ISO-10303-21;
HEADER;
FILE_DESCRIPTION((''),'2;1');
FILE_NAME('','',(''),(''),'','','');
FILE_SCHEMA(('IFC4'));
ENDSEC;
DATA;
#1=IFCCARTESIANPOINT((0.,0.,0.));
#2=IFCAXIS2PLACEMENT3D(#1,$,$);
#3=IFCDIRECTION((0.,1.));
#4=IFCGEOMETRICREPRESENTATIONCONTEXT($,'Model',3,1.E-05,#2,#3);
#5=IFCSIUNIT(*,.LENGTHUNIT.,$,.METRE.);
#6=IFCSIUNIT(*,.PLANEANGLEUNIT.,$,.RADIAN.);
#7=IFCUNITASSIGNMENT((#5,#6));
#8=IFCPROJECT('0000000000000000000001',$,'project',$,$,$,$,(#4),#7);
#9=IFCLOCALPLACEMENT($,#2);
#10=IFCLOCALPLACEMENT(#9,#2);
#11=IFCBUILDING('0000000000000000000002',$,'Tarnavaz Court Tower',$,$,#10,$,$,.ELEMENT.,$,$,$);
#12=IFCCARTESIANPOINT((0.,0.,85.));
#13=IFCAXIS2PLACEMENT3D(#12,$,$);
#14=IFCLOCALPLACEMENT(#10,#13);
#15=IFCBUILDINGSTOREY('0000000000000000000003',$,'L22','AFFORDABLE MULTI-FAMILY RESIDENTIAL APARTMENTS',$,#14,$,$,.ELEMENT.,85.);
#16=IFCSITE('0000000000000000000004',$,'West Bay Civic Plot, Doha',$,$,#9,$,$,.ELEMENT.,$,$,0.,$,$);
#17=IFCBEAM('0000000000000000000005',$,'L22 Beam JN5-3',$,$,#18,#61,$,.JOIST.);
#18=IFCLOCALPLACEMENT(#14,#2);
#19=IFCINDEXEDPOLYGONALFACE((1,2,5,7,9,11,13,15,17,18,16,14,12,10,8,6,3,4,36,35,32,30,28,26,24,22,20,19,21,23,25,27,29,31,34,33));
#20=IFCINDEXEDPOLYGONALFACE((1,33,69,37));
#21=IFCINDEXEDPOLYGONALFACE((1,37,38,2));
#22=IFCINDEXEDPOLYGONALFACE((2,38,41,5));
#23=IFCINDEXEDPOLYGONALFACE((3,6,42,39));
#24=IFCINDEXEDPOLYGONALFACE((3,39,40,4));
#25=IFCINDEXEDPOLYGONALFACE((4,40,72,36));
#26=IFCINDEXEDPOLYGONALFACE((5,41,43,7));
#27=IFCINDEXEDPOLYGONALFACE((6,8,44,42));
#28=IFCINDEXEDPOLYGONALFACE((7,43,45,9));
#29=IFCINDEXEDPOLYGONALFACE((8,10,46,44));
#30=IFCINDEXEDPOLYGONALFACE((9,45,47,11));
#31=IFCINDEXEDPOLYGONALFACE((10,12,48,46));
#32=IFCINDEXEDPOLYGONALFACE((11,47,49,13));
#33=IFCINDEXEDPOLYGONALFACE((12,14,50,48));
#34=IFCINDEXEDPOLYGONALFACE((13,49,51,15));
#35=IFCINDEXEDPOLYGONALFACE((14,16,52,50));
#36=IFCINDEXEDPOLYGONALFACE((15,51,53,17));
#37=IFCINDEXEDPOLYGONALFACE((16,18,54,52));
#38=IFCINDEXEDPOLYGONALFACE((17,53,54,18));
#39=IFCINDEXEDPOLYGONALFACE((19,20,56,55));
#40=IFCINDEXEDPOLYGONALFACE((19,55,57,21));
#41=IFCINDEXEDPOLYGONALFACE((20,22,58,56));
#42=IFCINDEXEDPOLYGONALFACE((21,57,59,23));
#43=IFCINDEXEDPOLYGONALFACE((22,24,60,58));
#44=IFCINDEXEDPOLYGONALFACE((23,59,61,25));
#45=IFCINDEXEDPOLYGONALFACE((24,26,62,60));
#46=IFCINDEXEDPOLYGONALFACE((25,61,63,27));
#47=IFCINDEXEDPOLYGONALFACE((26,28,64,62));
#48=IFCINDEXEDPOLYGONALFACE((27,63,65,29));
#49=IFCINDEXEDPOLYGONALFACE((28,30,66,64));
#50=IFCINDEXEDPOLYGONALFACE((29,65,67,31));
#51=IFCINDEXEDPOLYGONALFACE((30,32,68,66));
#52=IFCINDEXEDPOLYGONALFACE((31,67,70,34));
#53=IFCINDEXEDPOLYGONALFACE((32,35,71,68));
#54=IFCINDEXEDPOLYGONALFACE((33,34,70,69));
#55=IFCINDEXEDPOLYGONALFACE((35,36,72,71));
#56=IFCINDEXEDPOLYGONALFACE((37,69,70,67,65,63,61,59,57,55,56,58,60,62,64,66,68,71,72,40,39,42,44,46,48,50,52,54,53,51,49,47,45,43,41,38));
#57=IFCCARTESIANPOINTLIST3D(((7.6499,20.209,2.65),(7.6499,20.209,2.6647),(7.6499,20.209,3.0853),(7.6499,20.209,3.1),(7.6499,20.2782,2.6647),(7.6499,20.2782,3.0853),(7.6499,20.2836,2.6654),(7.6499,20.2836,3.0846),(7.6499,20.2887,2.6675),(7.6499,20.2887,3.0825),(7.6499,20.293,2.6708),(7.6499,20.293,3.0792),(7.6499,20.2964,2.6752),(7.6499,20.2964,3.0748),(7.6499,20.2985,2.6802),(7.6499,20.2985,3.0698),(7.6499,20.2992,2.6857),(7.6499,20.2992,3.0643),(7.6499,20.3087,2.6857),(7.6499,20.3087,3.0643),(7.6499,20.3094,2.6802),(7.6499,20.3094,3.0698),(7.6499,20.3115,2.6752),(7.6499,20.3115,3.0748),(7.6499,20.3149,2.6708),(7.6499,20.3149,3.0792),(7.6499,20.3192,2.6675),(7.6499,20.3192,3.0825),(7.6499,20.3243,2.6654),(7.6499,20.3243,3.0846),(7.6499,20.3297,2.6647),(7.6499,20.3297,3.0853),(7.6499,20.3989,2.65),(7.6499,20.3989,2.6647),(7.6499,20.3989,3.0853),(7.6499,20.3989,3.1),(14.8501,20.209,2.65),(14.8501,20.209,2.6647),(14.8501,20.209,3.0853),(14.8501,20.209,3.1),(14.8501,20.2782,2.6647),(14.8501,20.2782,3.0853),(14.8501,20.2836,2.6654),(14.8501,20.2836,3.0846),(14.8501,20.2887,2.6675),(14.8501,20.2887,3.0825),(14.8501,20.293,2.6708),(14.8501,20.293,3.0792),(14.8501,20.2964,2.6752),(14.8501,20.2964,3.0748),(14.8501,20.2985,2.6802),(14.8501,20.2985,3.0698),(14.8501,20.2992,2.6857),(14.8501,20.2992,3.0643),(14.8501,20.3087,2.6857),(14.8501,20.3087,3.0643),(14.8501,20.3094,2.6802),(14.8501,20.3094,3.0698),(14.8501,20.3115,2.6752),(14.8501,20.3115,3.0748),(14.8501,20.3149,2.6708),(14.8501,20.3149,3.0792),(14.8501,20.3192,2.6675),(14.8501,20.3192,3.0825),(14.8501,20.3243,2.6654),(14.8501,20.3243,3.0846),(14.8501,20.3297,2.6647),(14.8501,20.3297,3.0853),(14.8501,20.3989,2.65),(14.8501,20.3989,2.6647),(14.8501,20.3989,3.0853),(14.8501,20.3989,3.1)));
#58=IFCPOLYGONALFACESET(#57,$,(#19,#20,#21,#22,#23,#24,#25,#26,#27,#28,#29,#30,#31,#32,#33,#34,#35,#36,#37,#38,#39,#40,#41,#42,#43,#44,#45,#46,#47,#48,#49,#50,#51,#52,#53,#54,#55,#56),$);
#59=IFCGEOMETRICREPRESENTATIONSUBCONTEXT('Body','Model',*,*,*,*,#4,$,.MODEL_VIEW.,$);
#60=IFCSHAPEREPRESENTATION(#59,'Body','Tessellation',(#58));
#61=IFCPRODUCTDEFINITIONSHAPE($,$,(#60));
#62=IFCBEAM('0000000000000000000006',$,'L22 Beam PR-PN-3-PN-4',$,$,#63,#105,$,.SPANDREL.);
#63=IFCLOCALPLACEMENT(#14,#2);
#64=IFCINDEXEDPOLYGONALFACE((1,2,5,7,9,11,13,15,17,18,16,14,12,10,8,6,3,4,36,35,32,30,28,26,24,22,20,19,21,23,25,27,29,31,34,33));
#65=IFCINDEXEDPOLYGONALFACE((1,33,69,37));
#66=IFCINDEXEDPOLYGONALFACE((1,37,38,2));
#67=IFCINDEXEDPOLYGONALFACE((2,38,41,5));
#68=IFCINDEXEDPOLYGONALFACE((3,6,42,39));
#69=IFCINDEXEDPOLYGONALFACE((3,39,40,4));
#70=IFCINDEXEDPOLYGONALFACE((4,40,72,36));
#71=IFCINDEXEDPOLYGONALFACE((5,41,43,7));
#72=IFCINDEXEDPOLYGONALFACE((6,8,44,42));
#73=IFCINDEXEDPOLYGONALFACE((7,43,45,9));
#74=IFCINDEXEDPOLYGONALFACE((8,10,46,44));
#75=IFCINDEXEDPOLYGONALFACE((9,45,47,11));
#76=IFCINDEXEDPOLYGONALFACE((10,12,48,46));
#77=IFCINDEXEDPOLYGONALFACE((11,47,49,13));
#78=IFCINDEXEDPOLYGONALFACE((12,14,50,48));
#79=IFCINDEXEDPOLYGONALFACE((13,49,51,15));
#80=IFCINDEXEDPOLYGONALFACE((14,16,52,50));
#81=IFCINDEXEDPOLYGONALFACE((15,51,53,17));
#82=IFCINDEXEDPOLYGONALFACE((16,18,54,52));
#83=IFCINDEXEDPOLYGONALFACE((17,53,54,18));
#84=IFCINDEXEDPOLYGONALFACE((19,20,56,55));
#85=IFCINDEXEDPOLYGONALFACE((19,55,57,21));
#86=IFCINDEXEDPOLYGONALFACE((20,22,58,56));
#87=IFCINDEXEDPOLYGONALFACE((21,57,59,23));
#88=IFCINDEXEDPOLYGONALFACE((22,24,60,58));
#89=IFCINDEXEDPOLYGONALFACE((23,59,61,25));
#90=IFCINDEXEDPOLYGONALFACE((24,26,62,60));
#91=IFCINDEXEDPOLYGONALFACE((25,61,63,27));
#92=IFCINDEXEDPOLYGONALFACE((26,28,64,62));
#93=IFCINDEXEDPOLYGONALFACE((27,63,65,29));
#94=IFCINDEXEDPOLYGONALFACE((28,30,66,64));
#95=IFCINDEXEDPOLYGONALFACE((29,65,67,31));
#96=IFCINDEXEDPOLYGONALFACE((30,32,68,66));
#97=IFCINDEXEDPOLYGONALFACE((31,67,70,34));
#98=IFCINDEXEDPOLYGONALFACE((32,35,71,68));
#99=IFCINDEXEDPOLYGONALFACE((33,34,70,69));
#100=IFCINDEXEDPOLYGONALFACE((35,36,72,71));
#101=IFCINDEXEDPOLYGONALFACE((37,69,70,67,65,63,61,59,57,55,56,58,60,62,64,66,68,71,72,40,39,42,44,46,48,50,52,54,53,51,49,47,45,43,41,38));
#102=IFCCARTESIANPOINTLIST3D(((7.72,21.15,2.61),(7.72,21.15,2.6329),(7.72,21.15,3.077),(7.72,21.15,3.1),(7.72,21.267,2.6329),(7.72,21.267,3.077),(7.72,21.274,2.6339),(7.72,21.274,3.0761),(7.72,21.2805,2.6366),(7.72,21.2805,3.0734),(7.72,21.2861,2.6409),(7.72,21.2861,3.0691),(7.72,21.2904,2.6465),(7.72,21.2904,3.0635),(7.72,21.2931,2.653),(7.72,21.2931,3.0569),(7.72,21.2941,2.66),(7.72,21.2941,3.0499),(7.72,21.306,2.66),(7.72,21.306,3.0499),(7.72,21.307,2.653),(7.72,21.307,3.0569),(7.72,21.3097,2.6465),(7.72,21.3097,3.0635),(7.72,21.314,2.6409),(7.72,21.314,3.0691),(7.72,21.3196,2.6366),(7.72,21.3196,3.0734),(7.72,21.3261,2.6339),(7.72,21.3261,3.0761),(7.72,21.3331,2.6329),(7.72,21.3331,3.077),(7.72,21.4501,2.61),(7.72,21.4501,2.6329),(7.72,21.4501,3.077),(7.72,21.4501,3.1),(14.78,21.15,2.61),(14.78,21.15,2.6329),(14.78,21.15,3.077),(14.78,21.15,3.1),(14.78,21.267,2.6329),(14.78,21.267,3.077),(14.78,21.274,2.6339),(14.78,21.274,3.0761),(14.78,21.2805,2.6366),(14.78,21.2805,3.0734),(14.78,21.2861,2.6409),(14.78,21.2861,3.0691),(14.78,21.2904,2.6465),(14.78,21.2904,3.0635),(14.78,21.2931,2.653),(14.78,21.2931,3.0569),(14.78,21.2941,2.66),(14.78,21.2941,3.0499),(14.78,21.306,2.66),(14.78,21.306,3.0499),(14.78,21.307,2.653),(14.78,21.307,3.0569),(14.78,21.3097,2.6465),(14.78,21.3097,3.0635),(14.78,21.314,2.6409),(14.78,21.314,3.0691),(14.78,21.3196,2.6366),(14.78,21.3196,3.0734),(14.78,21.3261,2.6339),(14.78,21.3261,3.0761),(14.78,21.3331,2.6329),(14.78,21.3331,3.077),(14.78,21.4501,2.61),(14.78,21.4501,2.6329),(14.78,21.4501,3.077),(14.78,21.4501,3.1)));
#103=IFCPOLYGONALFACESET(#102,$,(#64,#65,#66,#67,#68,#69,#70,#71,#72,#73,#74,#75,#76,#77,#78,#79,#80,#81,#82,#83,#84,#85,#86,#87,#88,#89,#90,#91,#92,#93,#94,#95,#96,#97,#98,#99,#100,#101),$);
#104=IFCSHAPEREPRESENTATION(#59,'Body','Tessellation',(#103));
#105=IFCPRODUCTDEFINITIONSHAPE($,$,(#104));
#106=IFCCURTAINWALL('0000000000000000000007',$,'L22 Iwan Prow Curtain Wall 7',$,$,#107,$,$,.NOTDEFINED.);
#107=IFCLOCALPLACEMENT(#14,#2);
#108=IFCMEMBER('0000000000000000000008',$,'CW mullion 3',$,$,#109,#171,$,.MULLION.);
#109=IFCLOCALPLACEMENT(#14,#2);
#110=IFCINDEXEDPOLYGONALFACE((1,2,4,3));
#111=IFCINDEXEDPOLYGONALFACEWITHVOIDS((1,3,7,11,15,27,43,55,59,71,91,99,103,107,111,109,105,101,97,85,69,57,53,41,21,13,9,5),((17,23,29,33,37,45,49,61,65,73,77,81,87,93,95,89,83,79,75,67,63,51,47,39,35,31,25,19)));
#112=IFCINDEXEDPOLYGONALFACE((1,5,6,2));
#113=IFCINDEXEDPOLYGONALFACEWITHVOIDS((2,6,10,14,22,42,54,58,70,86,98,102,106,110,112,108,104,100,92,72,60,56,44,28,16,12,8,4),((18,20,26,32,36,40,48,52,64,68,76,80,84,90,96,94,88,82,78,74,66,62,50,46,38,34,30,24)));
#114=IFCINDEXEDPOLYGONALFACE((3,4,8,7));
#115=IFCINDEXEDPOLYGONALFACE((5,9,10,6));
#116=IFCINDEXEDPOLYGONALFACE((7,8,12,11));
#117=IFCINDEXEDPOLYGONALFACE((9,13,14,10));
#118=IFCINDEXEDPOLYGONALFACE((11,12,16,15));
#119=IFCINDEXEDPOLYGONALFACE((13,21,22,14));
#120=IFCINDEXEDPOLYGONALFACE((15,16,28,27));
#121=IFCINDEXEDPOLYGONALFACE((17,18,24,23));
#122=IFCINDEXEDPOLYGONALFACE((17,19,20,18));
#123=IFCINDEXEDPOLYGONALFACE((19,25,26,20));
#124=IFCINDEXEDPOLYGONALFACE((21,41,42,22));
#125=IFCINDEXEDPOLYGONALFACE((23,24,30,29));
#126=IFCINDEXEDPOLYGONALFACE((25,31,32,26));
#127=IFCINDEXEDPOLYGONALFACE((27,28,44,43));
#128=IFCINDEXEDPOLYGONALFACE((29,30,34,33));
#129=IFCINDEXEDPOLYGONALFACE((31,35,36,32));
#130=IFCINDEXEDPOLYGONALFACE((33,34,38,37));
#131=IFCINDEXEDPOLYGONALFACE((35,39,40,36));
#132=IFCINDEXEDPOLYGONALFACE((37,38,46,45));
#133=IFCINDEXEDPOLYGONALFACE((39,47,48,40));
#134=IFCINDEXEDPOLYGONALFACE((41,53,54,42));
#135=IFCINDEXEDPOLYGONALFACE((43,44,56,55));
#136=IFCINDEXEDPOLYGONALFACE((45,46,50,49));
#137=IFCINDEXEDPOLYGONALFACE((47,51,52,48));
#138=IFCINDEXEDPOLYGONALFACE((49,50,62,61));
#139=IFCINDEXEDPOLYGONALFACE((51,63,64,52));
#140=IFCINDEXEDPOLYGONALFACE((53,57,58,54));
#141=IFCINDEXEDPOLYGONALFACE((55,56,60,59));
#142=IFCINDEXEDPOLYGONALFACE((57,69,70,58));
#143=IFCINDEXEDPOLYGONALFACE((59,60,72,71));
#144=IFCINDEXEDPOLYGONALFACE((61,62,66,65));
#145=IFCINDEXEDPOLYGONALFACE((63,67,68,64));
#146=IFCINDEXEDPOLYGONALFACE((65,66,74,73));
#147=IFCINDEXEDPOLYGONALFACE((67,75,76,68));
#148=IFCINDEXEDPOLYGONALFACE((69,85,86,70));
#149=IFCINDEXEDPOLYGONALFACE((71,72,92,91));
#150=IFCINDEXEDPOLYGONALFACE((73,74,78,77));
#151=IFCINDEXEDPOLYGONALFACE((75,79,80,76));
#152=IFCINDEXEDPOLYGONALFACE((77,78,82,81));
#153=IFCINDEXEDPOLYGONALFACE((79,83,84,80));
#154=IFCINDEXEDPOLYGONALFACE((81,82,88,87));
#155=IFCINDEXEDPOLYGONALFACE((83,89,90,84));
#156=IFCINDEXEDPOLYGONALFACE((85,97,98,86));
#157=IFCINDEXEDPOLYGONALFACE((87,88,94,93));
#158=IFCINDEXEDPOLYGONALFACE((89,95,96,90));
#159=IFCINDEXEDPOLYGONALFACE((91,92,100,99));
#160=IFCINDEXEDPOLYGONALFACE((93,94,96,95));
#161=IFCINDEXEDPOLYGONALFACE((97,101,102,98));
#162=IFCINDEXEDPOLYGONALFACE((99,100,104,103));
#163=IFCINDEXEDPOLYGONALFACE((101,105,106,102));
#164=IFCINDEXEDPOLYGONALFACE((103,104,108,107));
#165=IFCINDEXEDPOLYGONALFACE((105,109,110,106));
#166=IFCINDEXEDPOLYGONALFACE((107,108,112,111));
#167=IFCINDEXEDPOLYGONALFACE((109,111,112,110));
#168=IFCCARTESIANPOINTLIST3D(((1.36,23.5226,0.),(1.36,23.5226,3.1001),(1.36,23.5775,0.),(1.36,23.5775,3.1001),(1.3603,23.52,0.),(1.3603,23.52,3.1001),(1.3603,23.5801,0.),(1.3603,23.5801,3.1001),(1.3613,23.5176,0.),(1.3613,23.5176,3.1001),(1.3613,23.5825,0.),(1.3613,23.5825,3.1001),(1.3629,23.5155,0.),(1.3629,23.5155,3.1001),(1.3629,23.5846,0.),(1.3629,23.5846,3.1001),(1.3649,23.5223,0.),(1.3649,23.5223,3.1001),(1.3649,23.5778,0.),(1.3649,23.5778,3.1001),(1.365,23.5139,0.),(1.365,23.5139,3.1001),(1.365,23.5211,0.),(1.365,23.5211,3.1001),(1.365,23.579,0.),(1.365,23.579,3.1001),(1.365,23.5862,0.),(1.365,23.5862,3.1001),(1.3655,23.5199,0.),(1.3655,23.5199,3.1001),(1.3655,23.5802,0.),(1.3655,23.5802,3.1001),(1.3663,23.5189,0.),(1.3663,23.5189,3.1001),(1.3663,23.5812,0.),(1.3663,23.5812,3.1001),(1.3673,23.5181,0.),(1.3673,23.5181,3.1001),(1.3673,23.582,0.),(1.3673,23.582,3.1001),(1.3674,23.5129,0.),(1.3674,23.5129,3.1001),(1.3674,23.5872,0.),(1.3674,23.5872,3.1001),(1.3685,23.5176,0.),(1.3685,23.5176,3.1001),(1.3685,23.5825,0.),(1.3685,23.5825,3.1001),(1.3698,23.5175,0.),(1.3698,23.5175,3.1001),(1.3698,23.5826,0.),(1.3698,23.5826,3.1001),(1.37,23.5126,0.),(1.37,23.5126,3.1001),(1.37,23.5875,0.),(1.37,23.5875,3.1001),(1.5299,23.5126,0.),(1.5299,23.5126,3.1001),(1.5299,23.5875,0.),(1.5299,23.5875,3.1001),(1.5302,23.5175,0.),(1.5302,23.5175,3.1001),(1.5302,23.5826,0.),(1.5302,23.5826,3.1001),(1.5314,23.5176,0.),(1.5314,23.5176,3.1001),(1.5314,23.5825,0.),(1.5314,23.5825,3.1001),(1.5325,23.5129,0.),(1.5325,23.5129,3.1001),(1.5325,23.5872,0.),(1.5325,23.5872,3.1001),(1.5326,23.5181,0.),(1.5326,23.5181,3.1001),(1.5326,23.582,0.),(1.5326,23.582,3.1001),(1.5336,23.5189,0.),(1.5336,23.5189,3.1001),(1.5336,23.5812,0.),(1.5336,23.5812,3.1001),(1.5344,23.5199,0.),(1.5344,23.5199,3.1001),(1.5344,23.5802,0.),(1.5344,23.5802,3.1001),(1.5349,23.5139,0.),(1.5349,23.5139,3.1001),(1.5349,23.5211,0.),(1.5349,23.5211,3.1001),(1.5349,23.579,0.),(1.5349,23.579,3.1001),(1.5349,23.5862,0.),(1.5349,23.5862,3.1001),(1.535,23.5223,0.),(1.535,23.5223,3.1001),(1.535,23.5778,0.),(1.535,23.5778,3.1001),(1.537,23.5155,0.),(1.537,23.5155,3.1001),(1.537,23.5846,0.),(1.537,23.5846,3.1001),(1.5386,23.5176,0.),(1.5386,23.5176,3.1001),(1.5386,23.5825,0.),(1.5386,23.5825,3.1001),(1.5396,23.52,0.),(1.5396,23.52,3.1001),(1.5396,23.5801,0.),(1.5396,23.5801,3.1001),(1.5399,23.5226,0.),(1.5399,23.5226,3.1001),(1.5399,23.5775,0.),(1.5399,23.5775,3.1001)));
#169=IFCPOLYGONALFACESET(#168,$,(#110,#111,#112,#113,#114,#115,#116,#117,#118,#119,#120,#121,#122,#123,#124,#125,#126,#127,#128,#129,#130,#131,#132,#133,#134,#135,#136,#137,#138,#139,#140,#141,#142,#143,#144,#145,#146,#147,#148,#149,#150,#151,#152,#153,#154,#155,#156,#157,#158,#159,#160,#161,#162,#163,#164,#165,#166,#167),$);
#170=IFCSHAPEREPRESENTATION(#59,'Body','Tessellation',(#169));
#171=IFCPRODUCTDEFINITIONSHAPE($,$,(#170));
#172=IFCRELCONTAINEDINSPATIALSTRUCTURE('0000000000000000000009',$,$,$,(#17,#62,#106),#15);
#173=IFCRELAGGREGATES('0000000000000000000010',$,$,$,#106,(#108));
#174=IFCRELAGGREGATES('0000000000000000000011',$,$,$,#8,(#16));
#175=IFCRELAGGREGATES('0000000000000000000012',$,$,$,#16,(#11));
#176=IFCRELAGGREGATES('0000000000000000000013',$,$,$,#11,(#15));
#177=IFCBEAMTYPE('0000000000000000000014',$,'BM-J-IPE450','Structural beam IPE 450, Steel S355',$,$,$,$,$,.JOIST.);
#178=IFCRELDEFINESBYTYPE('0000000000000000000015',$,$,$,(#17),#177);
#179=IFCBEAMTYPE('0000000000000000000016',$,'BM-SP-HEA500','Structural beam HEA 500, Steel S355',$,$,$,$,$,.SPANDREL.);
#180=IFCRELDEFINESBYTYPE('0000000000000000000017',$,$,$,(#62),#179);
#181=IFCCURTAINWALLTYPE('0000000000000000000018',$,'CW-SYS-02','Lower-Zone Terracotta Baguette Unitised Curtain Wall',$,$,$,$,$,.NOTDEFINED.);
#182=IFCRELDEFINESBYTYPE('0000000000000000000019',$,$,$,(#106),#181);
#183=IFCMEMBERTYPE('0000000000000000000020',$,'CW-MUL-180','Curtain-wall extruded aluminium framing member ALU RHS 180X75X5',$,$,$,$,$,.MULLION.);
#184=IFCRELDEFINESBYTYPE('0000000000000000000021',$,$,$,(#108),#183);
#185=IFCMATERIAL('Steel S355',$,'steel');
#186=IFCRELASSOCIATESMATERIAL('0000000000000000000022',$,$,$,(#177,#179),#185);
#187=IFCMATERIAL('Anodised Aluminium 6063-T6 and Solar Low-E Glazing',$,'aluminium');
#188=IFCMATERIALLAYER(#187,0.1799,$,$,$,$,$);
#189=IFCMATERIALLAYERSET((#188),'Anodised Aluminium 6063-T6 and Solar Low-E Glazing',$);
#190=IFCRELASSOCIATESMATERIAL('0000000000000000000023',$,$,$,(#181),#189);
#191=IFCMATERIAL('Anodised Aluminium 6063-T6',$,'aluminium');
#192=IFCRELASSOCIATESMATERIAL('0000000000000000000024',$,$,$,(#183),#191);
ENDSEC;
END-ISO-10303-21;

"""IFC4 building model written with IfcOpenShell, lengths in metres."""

from ifc_helpers import new_model, si_unit, direction, frame, origin, origin_2d, place, context, subcontext, project, spatial, hollow_rectangle, i_section, extrude, material, layer, layer_set, material_profile, profile_set, type_object, element, aggregate, save


model = new_model("IFC4")

# Units and contexts
model_context = context("Model", 3, precision=1e-05, world=origin(), true_north=direction((0.0, 1.0)))
body_context = subcontext(model_context, "Body", "Model", "MODEL_VIEW")
ifc_project = project(units=[si_unit("LENGTHUNIT", "METRE"), si_unit("PLANEANGLEUNIT", "RADIAN")], contexts=[model_context])

# Site, building, storey
site_placement = place(None, origin())
site = spatial("IfcSite", under=ifc_project, at=site_placement, Name="West Bay Civic Plot, Doha", CompositionType="ELEMENT", RefElevation=0.0)
building_placement = place(site_placement, origin())
building = spatial("IfcBuilding", under=site, at=building_placement, Name="Tarnavaz Court Tower", CompositionType="ELEMENT")
storey_placement = place(building_placement, frame((0.0, 0.0, 85.0)))
storey = spatial("IfcBuildingStorey", under=building, at=storey_placement, Name="L22", Description="AFFORDABLE MULTI-FAMILY RESIDENTIAL APARTMENTS", CompositionType="ELEMENT", Elevation=85.0)

# Beams
ifc_material_1 = material(Name="Steel S355", Category="steel")
ifc_material_profile_1 = material_profile(ifc_material_1, i_section(OverallWidth=0.1899, OverallDepth=0.45, WebThickness=0.0095, FlangeThickness=0.0146, FilletRadius=0.021, at=origin_2d()), Name="IPE 450")
ifc_profile_set_1 = profile_set([ifc_material_profile_1], Name="Steel S355")
beam_type_1 = type_object("IfcBeamType", Name="BM-J-IPE450", Description="Structural beam IPE 450, Steel S355", PredefinedType="JOIST", material=ifc_profile_set_1)
for number, where, z_axis, x_axis, name in (
    (1, (7.6499, 20.304, 2.875), (1.0, 0.0, 0.0), (0.0, 1.0, 0.0), "L22 Beam JN5-3"),
):
    element("IfcBeam", number, at=place(storey_placement, frame(where, z_axis=z_axis, x_axis=x_axis)), inside=storey, type_object=beam_type_1, Name=name, PredefinedType="JOIST", context=body_context, shape_type="SweptSolid", body=[
        extrude(i_section(OverallWidth=0.1899, OverallDepth=0.45, WebThickness=0.0095, FlangeThickness=0.0146, FilletRadius=0.021, at=origin_2d()), origin(), (0.0, 0.0, 1.0), 7.2002),
    ])
ifc_material_profile_2 = material_profile(ifc_material_1, i_section(OverallWidth=0.3, OverallDepth=0.49, WebThickness=0.012, FlangeThickness=0.0229, FilletRadius=0.0271, at=origin_2d()), Name="HEA 500")
ifc_profile_set_2 = profile_set([ifc_material_profile_2], Name="Steel S355")
beam_type_2 = type_object("IfcBeamType", Name="BM-SP-HEA500", Description="Structural beam HEA 500, Steel S355", PredefinedType="SPANDREL", material=ifc_profile_set_2)
beam_placement = place(storey_placement, frame((7.72, 21.3, 2.855), z_axis=(1.0, 0.0, 0.0), x_axis=(0.0, 1.0, 0.0)))
element("IfcBeam", 2, at=beam_placement, inside=storey, type_object=beam_type_2, Name="L22 Beam PR-PN-3-PN-4", PredefinedType="SPANDREL", context=body_context, shape_type="SweptSolid", body=[
    extrude(i_section(OverallWidth=0.3, OverallDepth=0.49, WebThickness=0.012, FlangeThickness=0.0229, FilletRadius=0.0271, at=origin_2d()), origin(), (0.0, 0.0, 1.0), 7.0601),
])

# Curtain wall, member
ifc_material_2 = material(Name="Anodised Aluminium 6063-T6 and Solar Low-E Glazing", Category="aluminium")
ifc_layer_1 = layer(ifc_material_2, 0.1799)
ifc_layer_set_1 = layer_set([ifc_layer_1], Name="Anodised Aluminium 6063-T6 and Solar Low-E Glazing")
curtain_wall_type = type_object("IfcCurtainWallType", Name="CW-SYS-02", Description="Lower-Zone Terracotta Baguette Unitised Curtain Wall", PredefinedType="NOTDEFINED", material=ifc_layer_set_1)
curtain_wall_placement = place(storey_placement, origin())
curtain_wall = element("IfcCurtainWall", 3, at=curtain_wall_placement, inside=storey, type_object=curtain_wall_type, Name="L22 Iwan Prow Curtain Wall 7", PredefinedType="NOTDEFINED")
ifc_material_3 = material(Name="Anodised Aluminium 6063-T6", Category="aluminium")
ifc_material_profile_3 = material_profile(ifc_material_3, hollow_rectangle(XDim=0.075, YDim=0.1799, WallThickness=0.0049, InnerFilletRadius=0.0049, OuterFilletRadius=0.01, at=origin_2d()), Name="ALU RHS 180X75X5")
ifc_profile_set_3 = profile_set([ifc_material_profile_3], Name="Anodised Aluminium 6063-T6")
member_type_1 = type_object("IfcMemberType", Name="CW-MUL-180", Description="Curtain-wall extruded aluminium framing member ALU RHS 180X75X5", PredefinedType="MULLION", material=ifc_profile_set_3)
member_1_placement = place(storey_placement, frame((1.45, 23.55, 0.0), z_axis=(0.0, 0.0, 1.0), x_axis=(0.0, 1.0, 0.0)))
member_1 = element("IfcMember", 4, at=member_1_placement, type_object=member_type_1, Name="CW mullion 3", PredefinedType="MULLION", context=body_context, shape_type="SweptSolid", body=[
    extrude(hollow_rectangle(XDim=0.075, YDim=0.1799, WallThickness=0.0049, InnerFilletRadius=0.0049, OuterFilletRadius=0.01, at=origin_2d()), origin(), (0.0, 0.0, 1.0), 3.1001),
])
aggregate(curtain_wall, [member_1])

save(model, "model.ifc")
